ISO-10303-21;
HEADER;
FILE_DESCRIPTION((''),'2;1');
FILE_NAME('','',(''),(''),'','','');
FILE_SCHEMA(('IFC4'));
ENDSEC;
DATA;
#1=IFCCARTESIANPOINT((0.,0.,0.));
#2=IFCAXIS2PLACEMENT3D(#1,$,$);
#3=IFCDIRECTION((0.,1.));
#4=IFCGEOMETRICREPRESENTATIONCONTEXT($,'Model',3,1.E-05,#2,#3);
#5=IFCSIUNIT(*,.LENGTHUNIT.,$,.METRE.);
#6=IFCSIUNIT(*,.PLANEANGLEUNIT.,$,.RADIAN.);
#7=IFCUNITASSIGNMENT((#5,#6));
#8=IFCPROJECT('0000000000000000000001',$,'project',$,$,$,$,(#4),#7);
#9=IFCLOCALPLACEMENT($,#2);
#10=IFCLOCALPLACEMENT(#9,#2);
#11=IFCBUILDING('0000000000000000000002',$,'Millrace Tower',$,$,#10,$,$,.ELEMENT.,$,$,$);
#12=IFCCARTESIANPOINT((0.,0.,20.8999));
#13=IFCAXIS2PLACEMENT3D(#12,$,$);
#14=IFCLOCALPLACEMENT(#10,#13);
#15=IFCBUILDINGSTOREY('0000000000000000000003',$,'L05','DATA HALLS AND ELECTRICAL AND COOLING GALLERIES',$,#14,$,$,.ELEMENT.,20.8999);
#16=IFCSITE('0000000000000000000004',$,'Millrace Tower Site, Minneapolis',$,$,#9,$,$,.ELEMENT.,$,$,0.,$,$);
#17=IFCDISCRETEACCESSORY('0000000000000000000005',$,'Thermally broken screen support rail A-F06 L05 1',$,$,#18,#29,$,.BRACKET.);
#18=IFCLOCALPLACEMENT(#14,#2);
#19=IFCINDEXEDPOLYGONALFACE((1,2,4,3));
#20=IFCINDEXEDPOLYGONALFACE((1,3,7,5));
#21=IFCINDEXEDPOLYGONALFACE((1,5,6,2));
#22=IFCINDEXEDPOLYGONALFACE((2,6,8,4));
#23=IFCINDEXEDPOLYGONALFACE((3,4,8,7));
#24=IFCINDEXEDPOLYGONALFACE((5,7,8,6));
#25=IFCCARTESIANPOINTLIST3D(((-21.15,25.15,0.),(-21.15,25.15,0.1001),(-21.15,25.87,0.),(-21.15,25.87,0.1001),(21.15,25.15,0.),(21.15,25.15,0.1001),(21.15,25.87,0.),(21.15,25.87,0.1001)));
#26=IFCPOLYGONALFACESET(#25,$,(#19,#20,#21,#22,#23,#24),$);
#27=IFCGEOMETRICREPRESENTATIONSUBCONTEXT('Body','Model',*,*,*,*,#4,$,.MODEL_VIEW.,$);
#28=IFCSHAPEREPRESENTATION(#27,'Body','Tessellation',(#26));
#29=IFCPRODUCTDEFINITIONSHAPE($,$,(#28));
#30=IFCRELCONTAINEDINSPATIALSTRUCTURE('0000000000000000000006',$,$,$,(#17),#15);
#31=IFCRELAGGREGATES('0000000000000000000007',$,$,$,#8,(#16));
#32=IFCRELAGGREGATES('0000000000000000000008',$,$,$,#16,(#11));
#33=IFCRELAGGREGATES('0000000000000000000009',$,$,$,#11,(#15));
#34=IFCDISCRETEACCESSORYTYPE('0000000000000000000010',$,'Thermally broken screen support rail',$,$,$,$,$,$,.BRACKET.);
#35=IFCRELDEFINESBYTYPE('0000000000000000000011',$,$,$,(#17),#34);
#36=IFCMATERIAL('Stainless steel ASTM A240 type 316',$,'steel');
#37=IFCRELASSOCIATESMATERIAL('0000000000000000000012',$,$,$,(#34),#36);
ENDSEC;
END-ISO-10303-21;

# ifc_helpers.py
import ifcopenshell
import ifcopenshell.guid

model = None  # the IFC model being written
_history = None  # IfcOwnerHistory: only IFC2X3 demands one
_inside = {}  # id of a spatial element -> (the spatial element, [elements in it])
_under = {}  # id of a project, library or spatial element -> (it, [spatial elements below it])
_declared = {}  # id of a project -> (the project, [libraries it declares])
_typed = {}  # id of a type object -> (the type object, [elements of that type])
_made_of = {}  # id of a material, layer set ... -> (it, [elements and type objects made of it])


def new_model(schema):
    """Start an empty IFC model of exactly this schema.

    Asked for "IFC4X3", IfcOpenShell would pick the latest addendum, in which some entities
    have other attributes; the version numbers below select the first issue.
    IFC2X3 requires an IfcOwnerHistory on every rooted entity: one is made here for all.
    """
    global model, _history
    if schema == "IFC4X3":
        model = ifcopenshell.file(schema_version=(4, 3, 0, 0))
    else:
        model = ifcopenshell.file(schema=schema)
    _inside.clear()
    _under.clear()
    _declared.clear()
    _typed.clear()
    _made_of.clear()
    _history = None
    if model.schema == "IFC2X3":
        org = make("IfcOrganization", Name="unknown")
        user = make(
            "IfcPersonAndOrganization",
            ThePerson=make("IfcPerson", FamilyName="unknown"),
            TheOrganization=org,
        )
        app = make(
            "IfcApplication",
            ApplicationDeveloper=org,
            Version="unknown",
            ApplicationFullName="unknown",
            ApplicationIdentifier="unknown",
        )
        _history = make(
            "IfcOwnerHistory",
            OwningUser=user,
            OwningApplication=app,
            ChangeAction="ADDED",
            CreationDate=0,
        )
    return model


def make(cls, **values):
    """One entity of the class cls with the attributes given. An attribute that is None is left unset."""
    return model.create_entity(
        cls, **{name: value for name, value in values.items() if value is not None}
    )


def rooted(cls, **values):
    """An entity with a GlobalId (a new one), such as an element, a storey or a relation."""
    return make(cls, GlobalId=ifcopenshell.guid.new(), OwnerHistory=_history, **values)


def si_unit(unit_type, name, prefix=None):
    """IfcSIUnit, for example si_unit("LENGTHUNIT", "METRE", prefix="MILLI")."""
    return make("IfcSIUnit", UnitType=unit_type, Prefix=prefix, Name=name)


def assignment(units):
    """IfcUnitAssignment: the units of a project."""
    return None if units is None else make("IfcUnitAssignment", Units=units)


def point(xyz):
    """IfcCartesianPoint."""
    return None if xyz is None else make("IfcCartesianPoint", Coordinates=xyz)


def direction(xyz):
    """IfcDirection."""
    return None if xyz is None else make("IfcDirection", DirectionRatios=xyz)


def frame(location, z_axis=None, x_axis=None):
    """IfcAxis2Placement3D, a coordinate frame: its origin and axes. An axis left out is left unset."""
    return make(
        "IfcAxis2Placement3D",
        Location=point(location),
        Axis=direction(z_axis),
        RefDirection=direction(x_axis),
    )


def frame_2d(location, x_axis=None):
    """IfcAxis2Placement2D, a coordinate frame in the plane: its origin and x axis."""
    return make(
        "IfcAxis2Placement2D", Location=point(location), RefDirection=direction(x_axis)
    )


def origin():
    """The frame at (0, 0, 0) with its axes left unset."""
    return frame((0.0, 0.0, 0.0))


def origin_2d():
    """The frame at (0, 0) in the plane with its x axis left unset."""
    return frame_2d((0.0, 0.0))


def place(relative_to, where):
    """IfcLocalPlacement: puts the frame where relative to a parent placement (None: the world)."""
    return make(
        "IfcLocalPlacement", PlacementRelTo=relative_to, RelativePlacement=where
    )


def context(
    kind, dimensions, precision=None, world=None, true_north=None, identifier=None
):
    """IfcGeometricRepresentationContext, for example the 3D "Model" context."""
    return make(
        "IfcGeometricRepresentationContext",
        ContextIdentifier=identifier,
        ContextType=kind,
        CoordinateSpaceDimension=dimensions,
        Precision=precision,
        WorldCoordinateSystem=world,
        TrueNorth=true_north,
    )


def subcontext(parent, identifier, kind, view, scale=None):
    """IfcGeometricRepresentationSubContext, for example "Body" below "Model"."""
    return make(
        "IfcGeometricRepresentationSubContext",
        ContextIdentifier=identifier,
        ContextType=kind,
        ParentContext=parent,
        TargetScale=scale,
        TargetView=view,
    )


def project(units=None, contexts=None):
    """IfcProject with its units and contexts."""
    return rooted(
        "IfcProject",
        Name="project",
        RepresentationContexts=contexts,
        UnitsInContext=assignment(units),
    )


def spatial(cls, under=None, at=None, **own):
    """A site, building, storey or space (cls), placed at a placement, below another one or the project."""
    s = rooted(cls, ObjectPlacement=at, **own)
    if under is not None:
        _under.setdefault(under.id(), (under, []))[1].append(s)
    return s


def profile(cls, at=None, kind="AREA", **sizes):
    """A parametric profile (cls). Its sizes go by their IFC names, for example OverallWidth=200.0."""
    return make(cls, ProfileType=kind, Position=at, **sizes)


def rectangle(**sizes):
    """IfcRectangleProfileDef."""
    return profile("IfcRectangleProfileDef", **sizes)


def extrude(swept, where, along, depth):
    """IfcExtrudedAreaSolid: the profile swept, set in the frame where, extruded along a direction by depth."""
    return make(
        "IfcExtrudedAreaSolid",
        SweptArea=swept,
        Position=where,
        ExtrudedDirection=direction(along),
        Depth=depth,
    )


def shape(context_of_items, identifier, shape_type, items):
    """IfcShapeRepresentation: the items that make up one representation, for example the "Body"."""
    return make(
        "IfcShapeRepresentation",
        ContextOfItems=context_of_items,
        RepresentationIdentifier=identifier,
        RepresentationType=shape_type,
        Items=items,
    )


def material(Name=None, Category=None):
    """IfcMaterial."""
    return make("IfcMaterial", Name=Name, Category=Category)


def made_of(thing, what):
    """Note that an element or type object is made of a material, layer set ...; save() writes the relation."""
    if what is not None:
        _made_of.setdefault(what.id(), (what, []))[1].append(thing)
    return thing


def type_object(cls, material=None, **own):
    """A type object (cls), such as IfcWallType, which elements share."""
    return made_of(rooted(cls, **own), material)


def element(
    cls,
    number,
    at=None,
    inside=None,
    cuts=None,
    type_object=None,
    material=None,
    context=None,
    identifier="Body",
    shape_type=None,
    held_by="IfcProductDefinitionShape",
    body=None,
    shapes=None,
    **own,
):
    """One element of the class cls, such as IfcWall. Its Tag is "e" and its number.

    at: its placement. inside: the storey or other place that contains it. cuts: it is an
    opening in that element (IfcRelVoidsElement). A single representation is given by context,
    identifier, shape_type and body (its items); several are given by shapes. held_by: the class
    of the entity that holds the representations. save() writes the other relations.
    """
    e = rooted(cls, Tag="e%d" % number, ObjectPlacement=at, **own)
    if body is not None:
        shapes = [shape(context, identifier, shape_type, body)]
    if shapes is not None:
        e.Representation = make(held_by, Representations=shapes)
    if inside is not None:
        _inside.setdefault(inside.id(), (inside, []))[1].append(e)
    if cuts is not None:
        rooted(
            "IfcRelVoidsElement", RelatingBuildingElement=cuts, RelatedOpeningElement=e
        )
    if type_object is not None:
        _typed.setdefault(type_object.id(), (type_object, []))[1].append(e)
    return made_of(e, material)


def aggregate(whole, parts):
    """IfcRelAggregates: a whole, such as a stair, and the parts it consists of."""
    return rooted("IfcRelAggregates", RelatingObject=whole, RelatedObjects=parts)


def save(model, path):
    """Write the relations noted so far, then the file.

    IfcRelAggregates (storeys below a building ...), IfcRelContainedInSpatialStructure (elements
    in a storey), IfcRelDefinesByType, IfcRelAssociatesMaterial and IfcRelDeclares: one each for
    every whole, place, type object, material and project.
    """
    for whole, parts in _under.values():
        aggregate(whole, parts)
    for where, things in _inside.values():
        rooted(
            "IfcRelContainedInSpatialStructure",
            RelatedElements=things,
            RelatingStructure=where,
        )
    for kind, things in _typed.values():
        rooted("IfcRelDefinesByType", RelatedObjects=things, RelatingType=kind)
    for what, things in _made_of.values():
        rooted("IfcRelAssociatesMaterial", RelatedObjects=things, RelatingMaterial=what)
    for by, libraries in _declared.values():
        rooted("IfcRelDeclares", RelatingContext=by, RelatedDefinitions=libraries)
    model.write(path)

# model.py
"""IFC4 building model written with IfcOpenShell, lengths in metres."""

from ifc_helpers import new_model, si_unit, direction, frame, origin, origin_2d, place, context, subcontext, project, spatial, rectangle, extrude, material, type_object, element, save


model = new_model("IFC4")

# Units and contexts
model_context = context("Model", 3, precision=1e-05, world=origin(), true_north=direction((0.0, 1.0)))
body_context = subcontext(model_context, "Body", "Model", "MODEL_VIEW")
ifc_project = project(units=[si_unit("LENGTHUNIT", "METRE"), si_unit("PLANEANGLEUNIT", "RADIAN")], contexts=[model_context])

# Site, building, storey
site_placement = place(None, origin())
site = spatial("IfcSite", under=ifc_project, at=site_placement, Name="Millrace Tower Site, Minneapolis", CompositionType="ELEMENT", RefElevation=0.0)
building_placement = place(site_placement, origin())
building = spatial("IfcBuilding", under=site, at=building_placement, Name="Millrace Tower", CompositionType="ELEMENT")
storey_placement = place(building_placement, frame((0.0, 0.0, 20.8999)))
storey = spatial("IfcBuildingStorey", under=building, at=storey_placement, Name="L05", Description="DATA HALLS AND ELECTRICAL AND COOLING GALLERIES", CompositionType="ELEMENT", Elevation=20.8999)

# Discrete accessory
ifc_material_1 = material(Name="Stainless steel ASTM A240 type 316", Category="steel")
discrete_accessory_type = type_object("IfcDiscreteAccessoryType", Name="Thermally broken screen support rail", PredefinedType="BRACKET", material=ifc_material_1)
discrete_accessory_placement = place(storey_placement, frame((0.0, 25.51, 0.0), z_axis=(0.0, 0.0, 1.0), x_axis=(-1.0, 0.0, 0.0)))
element("IfcDiscreteAccessory", 1, at=discrete_accessory_placement, inside=storey, type_object=discrete_accessory_type, Name="Thermally broken screen support rail A-F06 L05 1", PredefinedType="BRACKET", context=body_context, shape_type="SweptSolid", body=[
    extrude(rectangle(XDim=42.3, YDim=0.72, at=origin_2d()), origin(), (0.0, 0.0, 1.0), 0.1001),
])

save(model, "model.ifc")
